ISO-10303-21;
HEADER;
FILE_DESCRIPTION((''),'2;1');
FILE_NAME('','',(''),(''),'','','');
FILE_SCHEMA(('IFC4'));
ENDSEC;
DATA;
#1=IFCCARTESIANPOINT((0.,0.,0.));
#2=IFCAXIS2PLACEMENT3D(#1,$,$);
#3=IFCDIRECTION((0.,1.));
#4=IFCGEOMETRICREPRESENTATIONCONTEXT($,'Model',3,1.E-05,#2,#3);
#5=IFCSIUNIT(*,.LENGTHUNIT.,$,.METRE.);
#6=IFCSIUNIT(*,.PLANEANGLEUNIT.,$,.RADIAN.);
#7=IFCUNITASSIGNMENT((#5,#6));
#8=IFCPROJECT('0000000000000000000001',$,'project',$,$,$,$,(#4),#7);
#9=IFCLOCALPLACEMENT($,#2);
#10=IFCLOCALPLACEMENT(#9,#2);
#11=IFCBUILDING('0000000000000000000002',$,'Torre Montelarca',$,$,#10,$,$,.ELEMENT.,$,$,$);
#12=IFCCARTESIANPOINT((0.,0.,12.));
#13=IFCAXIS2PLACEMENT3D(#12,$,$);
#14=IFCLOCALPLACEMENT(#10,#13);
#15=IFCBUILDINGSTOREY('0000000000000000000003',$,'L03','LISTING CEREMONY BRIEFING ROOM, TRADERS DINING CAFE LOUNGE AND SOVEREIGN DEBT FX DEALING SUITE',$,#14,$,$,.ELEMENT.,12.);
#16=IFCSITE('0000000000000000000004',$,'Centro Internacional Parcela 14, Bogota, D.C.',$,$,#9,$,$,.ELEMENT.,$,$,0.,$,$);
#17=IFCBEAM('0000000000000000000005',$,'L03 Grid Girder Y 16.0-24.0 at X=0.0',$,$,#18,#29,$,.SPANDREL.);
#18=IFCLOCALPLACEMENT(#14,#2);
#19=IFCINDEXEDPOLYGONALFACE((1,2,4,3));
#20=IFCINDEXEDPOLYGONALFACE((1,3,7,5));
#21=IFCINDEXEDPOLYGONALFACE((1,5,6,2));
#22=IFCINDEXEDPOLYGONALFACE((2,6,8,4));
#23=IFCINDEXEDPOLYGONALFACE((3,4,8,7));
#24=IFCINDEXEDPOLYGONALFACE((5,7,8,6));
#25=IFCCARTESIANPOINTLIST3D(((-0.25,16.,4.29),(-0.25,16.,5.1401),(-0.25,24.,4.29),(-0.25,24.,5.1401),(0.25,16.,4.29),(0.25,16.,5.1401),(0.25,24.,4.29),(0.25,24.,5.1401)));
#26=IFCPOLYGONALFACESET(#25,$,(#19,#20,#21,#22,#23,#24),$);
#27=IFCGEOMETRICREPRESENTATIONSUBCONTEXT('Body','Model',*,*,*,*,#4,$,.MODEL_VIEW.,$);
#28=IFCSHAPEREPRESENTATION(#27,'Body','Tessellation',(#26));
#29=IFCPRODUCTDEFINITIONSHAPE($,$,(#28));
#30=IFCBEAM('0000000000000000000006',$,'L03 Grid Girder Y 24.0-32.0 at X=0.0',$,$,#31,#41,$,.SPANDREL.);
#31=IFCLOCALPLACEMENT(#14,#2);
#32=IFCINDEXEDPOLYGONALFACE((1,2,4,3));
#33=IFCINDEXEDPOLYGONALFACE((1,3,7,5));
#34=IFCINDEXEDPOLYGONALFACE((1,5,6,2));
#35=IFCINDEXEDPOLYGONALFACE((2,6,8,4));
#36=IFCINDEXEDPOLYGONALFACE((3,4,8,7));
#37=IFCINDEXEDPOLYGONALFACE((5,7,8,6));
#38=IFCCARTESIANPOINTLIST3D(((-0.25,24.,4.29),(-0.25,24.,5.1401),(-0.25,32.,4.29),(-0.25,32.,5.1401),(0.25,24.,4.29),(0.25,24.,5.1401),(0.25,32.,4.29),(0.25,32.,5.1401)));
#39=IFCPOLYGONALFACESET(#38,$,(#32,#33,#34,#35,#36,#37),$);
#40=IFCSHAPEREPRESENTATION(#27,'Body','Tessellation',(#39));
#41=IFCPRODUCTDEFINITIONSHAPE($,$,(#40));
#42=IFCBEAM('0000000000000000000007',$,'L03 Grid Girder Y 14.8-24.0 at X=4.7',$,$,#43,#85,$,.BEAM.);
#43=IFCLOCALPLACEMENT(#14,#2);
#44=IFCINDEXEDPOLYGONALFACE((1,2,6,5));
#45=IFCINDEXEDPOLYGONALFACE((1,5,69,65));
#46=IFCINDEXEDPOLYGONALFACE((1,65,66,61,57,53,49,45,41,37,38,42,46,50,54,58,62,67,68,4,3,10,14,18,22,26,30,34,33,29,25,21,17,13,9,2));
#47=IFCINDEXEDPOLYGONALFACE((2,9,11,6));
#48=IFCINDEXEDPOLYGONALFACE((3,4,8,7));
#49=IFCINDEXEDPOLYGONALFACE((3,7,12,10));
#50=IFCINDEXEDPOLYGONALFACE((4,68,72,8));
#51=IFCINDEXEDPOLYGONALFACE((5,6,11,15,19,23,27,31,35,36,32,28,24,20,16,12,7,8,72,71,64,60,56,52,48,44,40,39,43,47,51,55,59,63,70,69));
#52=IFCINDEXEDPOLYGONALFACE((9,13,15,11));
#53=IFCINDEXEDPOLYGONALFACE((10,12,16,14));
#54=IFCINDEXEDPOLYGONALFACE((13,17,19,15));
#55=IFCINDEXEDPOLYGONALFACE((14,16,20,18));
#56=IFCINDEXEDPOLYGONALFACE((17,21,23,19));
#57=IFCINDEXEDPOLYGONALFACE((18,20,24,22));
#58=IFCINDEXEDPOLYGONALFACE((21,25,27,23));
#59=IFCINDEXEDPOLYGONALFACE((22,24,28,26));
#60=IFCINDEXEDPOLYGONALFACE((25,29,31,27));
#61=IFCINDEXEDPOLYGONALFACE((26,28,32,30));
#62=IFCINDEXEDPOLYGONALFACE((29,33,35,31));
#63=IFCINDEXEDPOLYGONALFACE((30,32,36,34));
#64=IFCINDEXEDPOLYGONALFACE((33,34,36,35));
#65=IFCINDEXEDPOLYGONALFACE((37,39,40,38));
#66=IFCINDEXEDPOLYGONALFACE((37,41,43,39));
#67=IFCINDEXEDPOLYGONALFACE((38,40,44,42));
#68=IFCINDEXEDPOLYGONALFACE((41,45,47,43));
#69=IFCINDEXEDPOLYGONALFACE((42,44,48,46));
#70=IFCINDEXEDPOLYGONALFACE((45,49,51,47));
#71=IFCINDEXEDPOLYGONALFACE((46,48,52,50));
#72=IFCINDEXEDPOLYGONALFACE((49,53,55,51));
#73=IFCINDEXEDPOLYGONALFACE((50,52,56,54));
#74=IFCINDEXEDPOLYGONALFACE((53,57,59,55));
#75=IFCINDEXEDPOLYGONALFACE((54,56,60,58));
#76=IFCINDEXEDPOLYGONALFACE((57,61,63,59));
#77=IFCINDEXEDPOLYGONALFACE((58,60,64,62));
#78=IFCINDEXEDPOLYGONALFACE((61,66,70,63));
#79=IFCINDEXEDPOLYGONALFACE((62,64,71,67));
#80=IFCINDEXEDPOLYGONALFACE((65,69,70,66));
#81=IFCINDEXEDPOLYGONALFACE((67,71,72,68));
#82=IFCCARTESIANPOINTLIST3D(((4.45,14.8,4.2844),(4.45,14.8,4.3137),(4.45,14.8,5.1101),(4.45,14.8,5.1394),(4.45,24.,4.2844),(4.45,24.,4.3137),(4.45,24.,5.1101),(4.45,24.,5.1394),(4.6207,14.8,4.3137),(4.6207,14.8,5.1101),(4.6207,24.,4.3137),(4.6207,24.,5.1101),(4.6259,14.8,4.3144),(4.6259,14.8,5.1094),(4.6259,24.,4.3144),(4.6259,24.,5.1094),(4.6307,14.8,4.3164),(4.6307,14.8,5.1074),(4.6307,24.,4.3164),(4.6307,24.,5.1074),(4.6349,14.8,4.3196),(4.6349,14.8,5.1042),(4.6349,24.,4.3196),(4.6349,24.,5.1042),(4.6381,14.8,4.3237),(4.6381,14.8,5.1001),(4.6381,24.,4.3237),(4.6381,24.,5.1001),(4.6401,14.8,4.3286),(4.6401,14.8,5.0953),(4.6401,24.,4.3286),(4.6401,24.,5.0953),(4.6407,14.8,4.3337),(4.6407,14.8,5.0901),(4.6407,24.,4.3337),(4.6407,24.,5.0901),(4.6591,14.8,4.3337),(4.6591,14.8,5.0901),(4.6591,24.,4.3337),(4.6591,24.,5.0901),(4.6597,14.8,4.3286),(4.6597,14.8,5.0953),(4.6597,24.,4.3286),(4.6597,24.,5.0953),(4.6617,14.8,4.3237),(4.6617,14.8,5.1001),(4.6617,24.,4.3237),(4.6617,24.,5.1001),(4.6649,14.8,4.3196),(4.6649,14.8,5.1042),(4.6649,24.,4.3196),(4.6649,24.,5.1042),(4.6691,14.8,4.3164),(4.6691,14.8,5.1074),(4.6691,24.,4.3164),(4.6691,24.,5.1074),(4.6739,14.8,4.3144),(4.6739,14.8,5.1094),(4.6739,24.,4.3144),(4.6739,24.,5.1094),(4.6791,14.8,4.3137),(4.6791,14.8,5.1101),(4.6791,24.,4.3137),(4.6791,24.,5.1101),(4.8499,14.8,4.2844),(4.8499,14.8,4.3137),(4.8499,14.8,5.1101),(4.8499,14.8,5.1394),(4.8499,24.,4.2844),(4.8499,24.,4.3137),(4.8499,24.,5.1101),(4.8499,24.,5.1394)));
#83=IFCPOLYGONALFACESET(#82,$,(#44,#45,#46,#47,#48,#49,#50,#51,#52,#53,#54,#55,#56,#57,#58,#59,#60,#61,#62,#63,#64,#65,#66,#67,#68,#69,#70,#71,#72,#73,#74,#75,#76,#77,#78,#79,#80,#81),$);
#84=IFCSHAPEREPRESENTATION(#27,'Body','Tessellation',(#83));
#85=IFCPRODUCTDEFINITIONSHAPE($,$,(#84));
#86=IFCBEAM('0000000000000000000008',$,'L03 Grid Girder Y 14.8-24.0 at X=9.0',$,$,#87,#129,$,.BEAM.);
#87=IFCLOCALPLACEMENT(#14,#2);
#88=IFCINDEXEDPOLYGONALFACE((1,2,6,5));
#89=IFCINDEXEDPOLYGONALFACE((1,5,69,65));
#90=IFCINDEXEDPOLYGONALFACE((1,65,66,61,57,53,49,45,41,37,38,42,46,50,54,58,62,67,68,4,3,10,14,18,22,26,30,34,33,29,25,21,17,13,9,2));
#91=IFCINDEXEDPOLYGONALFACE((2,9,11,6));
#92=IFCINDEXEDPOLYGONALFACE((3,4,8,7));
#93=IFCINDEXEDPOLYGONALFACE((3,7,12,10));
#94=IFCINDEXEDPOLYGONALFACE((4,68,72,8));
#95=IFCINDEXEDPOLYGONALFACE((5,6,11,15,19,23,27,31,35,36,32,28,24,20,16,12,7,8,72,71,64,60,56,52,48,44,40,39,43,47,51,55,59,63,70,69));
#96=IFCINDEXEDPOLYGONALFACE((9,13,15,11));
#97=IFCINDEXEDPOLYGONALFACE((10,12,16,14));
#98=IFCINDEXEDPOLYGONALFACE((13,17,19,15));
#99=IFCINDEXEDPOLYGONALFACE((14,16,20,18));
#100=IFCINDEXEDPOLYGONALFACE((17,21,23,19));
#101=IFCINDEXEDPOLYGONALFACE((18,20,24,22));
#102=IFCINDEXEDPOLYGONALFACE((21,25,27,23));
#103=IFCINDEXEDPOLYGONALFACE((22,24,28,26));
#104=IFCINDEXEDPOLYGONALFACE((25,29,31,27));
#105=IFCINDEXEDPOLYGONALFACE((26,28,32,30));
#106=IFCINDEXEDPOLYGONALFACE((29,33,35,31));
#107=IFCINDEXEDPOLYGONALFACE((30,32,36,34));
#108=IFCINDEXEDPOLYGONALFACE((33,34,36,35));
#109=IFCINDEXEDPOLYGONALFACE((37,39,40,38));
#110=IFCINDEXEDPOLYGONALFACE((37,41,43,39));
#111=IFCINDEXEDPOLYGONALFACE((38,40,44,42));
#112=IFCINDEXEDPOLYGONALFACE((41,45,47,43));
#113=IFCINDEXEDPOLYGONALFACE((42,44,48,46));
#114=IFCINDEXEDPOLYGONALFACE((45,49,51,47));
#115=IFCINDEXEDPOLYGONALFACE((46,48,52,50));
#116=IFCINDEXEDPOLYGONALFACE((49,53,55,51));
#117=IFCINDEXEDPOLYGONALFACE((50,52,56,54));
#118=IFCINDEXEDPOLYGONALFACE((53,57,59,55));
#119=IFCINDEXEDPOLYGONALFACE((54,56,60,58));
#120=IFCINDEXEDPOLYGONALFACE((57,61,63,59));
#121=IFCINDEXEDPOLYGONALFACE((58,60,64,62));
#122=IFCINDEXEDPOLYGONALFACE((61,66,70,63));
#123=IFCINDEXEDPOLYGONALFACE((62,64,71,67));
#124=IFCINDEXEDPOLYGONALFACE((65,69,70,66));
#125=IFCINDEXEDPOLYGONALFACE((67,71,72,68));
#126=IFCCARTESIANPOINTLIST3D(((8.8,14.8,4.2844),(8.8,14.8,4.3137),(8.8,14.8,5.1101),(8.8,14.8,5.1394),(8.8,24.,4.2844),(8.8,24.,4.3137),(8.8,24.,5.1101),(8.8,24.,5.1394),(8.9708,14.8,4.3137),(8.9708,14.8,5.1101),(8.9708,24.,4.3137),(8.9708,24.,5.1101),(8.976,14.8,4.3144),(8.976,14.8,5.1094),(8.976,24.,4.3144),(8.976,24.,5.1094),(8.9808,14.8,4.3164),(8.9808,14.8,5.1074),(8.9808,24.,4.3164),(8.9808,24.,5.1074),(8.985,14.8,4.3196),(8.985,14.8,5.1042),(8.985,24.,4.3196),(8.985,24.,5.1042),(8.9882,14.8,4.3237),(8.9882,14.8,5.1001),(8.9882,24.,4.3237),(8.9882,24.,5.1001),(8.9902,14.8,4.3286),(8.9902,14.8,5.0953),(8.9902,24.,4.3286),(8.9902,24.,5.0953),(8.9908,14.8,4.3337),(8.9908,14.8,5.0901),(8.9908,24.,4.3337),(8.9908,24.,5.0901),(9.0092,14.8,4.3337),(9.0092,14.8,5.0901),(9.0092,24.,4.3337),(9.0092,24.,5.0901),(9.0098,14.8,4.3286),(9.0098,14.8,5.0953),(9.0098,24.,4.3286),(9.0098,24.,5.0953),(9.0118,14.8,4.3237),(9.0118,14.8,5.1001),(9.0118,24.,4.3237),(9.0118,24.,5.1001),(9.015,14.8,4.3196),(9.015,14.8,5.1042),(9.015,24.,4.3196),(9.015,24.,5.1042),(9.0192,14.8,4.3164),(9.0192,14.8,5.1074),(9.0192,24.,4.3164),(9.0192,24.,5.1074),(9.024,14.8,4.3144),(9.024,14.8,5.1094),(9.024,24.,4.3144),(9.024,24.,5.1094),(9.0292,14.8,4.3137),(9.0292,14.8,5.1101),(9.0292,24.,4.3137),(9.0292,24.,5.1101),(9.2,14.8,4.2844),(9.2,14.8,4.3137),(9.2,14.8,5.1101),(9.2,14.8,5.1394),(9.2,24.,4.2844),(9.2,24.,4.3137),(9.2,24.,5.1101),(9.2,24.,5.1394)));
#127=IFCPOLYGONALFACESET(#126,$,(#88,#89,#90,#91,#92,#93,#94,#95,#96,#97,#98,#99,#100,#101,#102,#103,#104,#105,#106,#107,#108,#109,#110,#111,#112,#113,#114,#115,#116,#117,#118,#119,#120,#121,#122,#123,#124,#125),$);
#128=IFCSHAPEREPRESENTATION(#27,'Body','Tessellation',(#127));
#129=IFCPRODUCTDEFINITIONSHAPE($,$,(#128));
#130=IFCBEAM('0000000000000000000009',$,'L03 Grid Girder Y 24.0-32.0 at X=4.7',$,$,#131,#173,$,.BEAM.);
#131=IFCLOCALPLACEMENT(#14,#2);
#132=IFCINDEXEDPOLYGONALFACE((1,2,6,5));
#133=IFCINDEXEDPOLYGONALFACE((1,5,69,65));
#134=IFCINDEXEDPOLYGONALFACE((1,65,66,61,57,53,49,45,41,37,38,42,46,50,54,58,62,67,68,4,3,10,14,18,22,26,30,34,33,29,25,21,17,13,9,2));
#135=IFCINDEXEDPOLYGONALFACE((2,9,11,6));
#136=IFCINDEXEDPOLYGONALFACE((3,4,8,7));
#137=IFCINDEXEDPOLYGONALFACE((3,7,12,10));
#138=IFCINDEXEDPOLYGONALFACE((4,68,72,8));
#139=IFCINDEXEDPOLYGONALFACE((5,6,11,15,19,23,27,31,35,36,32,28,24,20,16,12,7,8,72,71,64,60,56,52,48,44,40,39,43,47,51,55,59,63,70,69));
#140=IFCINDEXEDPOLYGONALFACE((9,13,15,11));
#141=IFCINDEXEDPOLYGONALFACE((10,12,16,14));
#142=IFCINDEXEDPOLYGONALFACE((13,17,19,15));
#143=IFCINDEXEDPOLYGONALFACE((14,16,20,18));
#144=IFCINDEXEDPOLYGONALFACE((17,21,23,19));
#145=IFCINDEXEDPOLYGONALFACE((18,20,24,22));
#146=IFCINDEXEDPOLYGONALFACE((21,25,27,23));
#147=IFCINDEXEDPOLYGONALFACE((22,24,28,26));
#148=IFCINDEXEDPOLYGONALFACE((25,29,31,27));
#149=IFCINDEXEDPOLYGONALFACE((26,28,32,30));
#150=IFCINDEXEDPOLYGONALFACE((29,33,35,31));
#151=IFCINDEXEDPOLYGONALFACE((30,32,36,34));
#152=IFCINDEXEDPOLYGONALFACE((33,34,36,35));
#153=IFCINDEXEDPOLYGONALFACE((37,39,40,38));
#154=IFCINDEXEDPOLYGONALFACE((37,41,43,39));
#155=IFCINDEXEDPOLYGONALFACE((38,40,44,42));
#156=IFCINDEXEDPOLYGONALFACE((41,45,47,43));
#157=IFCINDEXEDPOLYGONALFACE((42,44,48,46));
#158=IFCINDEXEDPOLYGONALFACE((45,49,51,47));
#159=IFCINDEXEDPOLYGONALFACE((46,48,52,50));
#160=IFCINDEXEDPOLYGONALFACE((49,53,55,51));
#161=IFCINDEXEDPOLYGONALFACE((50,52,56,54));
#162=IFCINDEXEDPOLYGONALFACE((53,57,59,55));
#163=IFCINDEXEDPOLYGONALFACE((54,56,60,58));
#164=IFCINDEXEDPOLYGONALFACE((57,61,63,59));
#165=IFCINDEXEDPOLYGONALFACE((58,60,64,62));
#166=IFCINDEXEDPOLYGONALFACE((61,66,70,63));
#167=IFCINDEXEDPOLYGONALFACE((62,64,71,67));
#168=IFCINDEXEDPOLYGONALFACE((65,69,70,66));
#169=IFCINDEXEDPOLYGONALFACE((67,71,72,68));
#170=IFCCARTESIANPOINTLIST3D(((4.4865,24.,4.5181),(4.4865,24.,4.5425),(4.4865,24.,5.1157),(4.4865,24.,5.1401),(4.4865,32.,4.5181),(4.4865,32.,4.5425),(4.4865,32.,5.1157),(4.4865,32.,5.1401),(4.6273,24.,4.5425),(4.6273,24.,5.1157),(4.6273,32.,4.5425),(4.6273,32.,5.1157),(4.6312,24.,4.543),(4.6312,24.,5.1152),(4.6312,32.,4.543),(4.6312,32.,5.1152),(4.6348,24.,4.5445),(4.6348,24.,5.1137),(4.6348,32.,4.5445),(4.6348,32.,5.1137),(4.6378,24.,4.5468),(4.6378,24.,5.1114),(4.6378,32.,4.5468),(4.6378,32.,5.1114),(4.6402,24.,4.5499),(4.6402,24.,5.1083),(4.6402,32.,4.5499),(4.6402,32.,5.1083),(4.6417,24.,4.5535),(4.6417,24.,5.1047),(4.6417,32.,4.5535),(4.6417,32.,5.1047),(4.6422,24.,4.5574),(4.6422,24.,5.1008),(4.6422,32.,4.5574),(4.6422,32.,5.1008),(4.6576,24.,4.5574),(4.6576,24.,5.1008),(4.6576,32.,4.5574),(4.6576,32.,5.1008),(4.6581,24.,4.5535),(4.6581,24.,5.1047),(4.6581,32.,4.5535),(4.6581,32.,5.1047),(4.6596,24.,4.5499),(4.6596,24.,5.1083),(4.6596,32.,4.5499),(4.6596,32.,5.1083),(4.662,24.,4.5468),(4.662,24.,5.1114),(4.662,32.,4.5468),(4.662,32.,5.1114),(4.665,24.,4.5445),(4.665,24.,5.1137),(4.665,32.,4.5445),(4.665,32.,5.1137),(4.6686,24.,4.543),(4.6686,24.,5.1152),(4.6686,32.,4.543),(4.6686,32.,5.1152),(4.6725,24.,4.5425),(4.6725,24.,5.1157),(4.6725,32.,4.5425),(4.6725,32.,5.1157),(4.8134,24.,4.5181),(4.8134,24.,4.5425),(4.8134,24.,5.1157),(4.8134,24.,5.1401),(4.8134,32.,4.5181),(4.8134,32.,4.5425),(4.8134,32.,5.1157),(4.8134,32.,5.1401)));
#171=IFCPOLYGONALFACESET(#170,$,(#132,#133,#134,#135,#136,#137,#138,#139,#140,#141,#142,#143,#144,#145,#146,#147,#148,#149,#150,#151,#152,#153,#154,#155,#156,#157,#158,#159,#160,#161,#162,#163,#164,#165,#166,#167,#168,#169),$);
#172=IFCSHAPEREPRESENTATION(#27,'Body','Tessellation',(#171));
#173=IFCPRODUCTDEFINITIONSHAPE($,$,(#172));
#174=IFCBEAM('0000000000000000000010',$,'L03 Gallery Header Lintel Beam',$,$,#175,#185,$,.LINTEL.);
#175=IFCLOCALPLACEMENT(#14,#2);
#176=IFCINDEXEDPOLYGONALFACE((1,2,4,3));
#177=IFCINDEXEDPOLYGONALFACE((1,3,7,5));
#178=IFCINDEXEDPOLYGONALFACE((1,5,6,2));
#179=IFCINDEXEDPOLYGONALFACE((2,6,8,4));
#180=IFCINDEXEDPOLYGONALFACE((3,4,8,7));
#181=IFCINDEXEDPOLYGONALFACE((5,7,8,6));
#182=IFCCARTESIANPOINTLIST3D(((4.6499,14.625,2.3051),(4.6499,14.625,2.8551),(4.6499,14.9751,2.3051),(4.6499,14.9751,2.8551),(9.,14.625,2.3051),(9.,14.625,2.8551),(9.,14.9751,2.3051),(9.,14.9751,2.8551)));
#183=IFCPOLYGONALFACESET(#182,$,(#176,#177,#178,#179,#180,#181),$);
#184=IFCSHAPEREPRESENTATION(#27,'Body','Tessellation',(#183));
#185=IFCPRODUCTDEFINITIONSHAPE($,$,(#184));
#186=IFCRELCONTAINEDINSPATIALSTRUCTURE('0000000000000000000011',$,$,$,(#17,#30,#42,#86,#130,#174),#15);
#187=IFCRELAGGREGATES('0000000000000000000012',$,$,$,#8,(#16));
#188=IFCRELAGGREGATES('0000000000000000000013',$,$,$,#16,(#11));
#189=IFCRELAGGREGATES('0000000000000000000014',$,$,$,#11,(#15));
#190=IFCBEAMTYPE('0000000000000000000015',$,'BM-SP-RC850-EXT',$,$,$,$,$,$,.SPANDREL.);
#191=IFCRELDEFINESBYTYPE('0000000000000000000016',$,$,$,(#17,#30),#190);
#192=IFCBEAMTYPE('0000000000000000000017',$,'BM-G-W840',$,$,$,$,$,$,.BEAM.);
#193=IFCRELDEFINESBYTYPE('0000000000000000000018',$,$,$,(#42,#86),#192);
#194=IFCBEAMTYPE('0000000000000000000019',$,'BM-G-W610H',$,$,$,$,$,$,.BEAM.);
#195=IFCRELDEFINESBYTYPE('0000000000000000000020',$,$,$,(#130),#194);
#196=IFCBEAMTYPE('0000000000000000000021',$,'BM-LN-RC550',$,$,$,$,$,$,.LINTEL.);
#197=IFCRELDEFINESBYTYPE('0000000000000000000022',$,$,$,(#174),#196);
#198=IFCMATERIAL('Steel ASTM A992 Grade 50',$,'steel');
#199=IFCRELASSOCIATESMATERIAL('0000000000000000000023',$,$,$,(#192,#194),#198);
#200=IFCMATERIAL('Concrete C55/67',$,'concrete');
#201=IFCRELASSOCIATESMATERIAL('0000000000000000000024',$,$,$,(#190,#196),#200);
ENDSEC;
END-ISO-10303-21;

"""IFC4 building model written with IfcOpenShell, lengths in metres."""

from ifc_helpers import new_model, si_unit, direction, frame, origin, origin_2d, place, context, subcontext, project, spatial, rectangle, i_section, extrude, source, transform, mapped, material, material_profile, profile_set, type_object, element, save


model = new_model("IFC4")

# Units and contexts
model_context = context("Model", 3, precision=1e-05, world=origin(), true_north=direction((0.0, 1.0)))
body_context = subcontext(model_context, "Body", "Model", "MODEL_VIEW")
ifc_project = project(units=[si_unit("LENGTHUNIT", "METRE"), si_unit("PLANEANGLEUNIT", "RADIAN")], contexts=[model_context])

# Site, building, storey
site_placement = place(None, origin())
site = spatial("IfcSite", under=ifc_project, at=site_placement, Name="Centro Internacional Parcela 14, Bogota, D.C.", CompositionType="ELEMENT", RefElevation=0.0)
building_placement = place(site_placement, origin())
building = spatial("IfcBuilding", under=site, at=building_placement, Name="Torre Montelarca", CompositionType="ELEMENT")
storey_placement = place(building_placement, frame((0.0, 0.0, 12.0)))
storey = spatial("IfcBuildingStorey", under=building, at=storey_placement, Name="L03", Description="LISTING CEREMONY BRIEFING ROOM, TRADERS DINING CAFE LOUNGE AND SOVEREIGN DEBT FX DEALING SUITE", CompositionType="ELEMENT", Elevation=12.0)

# Beams
ifc_material_1 = material(Name="Steel ASTM A992 Grade 50", Category="steel")
ifc_material_profile_1 = material_profile(ifc_material_1, i_section(OverallWidth=0.3999, OverallDepth=0.855, WebThickness=0.0183, FlangeThickness=0.0293, FilletRadius=0.02, at=origin_2d()), Name="W840X299", Category="steel")
ifc_profile_set_1 = profile_set([ifc_material_profile_1], Name="Steel ASTM A992 Grade 50")
beam_type_1 = type_object("IfcBeamType", Name="BM-G-W840", PredefinedType="BEAM", material=ifc_profile_set_1)
ifc_material_profile_2 = material_profile(ifc_material_1, i_section(OverallWidth=0.3269, OverallDepth=0.6221, WebThickness=0.0154, FlangeThickness=0.0244, FilletRadius=0.0149, at=origin_2d()), Name="W610X195", Category="steel")
ifc_profile_set_2 = profile_set([ifc_material_profile_2], Name="Steel ASTM A992 Grade 50")
beam_type_2 = type_object("IfcBeamType", Name="BM-G-W610H", PredefinedType="BEAM", material=ifc_profile_set_2)
ifc_material_2 = material(Name="Concrete C55/67", Category="concrete")
ifc_material_profile_3 = material_profile(ifc_material_2, rectangle(XDim=0.5, YDim=0.8501, at=origin_2d()), Name="RCB500X850", Category="concrete")
ifc_profile_set_3 = profile_set([ifc_material_profile_3], Name="Concrete C55/67")
beam_type_3 = type_object("IfcBeamType", Name="BM-SP-RC850-EXT", PredefinedType="SPANDREL", material=ifc_profile_set_3)
shared_shape_1 = source(origin(), body_context, "Body", "SweptSolid", [
    extrude(rectangle(XDim=0.5, YDim=0.8501, at=origin_2d()), origin(), (0.0, 0.0, 1.0), 8.0),
])
for number, where, z_axis, x_axis, name in (
    (1, (0.0, 16.0, 4.7151), (0.0, 1.0, 0.0), (-1.0, 0.0, 0.0), "L03 Grid Girder Y 16.0-24.0 at X=0.0"),
    (2, (0.0, 24.0, 4.7151), (0.0, 1.0, 0.0), (-1.0, 0.0, 0.0), "L03 Grid Girder Y 24.0-32.0 at X=0.0"),
):
    element("IfcBeam", number, at=place(storey_placement, frame(where, z_axis=z_axis, x_axis=x_axis)), inside=storey, type_object=beam_type_3, Name=name, PredefinedType="SPANDREL", context=body_context, shape_type="MappedRepresentation", body=[
        mapped(shared_shape_1, transform((0.0, 0.0, 0.0), scale=1.0)),
    ])
shared_shape_2 = source(origin(), body_context, "Body", "SweptSolid", [
    extrude(i_section(OverallWidth=0.3999, OverallDepth=0.855, WebThickness=0.0183, FlangeThickness=0.0293, FilletRadius=0.02, at=origin_2d()), origin(), (0.0, 0.0, 1.0), 9.2),
])
for number, where, z_axis, x_axis, name in (
    (3, (4.6499, 14.8, 4.7119), (0.0, 1.0, 0.0), (-1.0, 0.0, 0.0), "L03 Grid Girder Y 14.8-24.0 at X=4.7"),
    (4, (9.0, 14.8, 4.7119), (0.0, 1.0, 0.0), (-1.0, 0.0, 0.0), "L03 Grid Girder Y 14.8-24.0 at X=9.0"),
):
    element("IfcBeam", number, at=place(storey_placement, frame(where, z_axis=z_axis, x_axis=x_axis)), inside=storey, type_object=beam_type_1, Name=name, PredefinedType="BEAM", context=body_context, shape_type="MappedRepresentation", body=[
        mapped(shared_shape_2, transform((0.0, 0.0, 0.0), scale=1.0)),
    ])
shared_shape_3 = source(origin(), body_context, "Body", "SweptSolid", [
    extrude(i_section(OverallWidth=0.3269, OverallDepth=0.6221, WebThickness=0.0154, FlangeThickness=0.0244, FilletRadius=0.0149, at=origin_2d()), origin(), (0.0, 0.0, 1.0), 8.0),
])
beam_1_placement = place(storey_placement, frame((4.6499, 24.0, 4.8291), z_axis=(0.0, 1.0, 0.0), x_axis=(-1.0, 0.0, 0.0)))
element("IfcBeam", 5, at=beam_1_placement, inside=storey, type_object=beam_type_2, Name="L03 Grid Girder Y 24.0-32.0 at X=4.7", PredefinedType="BEAM", context=body_context, shape_type="MappedRepresentation", body=[
    mapped(shared_shape_3, transform((0.0, 0.0, 0.0), scale=1.0)),
])
ifc_material_profile_4 = material_profile(ifc_material_2, rectangle(XDim=0.3501, YDim=0.55, at=origin_2d()), Name="RCB350X550", Category="concrete")
ifc_profile_set_4 = profile_set([ifc_material_profile_4], Name="Concrete C55/67")
beam_type_4 = type_object("IfcBeamType", Name="BM-LN-RC550", PredefinedType="LINTEL", material=ifc_profile_set_4)
shared_shape_4 = source(origin(), body_context, "Body", "SweptSolid", [
    extrude(rectangle(XDim=0.3501, YDim=0.55, at=origin_2d()), origin(), (0.0, 0.0, 1.0), 4.3501),
])
beam_2_placement = place(storey_placement, frame((4.6499, 14.8, 2.5801), z_axis=(1.0, 0.0, 0.0), x_axis=(0.0, 1.0, 0.0)))
element("IfcBeam", 6, at=beam_2_placement, inside=storey, type_object=beam_type_4, Name="L03 Gallery Header Lintel Beam", PredefinedType="LINTEL", context=body_context, shape_type="MappedRepresentation", body=[
    mapped(shared_shape_4, transform((0.0, 0.0, 0.0), scale=1.0)),
])

save(model, "model.ifc")
